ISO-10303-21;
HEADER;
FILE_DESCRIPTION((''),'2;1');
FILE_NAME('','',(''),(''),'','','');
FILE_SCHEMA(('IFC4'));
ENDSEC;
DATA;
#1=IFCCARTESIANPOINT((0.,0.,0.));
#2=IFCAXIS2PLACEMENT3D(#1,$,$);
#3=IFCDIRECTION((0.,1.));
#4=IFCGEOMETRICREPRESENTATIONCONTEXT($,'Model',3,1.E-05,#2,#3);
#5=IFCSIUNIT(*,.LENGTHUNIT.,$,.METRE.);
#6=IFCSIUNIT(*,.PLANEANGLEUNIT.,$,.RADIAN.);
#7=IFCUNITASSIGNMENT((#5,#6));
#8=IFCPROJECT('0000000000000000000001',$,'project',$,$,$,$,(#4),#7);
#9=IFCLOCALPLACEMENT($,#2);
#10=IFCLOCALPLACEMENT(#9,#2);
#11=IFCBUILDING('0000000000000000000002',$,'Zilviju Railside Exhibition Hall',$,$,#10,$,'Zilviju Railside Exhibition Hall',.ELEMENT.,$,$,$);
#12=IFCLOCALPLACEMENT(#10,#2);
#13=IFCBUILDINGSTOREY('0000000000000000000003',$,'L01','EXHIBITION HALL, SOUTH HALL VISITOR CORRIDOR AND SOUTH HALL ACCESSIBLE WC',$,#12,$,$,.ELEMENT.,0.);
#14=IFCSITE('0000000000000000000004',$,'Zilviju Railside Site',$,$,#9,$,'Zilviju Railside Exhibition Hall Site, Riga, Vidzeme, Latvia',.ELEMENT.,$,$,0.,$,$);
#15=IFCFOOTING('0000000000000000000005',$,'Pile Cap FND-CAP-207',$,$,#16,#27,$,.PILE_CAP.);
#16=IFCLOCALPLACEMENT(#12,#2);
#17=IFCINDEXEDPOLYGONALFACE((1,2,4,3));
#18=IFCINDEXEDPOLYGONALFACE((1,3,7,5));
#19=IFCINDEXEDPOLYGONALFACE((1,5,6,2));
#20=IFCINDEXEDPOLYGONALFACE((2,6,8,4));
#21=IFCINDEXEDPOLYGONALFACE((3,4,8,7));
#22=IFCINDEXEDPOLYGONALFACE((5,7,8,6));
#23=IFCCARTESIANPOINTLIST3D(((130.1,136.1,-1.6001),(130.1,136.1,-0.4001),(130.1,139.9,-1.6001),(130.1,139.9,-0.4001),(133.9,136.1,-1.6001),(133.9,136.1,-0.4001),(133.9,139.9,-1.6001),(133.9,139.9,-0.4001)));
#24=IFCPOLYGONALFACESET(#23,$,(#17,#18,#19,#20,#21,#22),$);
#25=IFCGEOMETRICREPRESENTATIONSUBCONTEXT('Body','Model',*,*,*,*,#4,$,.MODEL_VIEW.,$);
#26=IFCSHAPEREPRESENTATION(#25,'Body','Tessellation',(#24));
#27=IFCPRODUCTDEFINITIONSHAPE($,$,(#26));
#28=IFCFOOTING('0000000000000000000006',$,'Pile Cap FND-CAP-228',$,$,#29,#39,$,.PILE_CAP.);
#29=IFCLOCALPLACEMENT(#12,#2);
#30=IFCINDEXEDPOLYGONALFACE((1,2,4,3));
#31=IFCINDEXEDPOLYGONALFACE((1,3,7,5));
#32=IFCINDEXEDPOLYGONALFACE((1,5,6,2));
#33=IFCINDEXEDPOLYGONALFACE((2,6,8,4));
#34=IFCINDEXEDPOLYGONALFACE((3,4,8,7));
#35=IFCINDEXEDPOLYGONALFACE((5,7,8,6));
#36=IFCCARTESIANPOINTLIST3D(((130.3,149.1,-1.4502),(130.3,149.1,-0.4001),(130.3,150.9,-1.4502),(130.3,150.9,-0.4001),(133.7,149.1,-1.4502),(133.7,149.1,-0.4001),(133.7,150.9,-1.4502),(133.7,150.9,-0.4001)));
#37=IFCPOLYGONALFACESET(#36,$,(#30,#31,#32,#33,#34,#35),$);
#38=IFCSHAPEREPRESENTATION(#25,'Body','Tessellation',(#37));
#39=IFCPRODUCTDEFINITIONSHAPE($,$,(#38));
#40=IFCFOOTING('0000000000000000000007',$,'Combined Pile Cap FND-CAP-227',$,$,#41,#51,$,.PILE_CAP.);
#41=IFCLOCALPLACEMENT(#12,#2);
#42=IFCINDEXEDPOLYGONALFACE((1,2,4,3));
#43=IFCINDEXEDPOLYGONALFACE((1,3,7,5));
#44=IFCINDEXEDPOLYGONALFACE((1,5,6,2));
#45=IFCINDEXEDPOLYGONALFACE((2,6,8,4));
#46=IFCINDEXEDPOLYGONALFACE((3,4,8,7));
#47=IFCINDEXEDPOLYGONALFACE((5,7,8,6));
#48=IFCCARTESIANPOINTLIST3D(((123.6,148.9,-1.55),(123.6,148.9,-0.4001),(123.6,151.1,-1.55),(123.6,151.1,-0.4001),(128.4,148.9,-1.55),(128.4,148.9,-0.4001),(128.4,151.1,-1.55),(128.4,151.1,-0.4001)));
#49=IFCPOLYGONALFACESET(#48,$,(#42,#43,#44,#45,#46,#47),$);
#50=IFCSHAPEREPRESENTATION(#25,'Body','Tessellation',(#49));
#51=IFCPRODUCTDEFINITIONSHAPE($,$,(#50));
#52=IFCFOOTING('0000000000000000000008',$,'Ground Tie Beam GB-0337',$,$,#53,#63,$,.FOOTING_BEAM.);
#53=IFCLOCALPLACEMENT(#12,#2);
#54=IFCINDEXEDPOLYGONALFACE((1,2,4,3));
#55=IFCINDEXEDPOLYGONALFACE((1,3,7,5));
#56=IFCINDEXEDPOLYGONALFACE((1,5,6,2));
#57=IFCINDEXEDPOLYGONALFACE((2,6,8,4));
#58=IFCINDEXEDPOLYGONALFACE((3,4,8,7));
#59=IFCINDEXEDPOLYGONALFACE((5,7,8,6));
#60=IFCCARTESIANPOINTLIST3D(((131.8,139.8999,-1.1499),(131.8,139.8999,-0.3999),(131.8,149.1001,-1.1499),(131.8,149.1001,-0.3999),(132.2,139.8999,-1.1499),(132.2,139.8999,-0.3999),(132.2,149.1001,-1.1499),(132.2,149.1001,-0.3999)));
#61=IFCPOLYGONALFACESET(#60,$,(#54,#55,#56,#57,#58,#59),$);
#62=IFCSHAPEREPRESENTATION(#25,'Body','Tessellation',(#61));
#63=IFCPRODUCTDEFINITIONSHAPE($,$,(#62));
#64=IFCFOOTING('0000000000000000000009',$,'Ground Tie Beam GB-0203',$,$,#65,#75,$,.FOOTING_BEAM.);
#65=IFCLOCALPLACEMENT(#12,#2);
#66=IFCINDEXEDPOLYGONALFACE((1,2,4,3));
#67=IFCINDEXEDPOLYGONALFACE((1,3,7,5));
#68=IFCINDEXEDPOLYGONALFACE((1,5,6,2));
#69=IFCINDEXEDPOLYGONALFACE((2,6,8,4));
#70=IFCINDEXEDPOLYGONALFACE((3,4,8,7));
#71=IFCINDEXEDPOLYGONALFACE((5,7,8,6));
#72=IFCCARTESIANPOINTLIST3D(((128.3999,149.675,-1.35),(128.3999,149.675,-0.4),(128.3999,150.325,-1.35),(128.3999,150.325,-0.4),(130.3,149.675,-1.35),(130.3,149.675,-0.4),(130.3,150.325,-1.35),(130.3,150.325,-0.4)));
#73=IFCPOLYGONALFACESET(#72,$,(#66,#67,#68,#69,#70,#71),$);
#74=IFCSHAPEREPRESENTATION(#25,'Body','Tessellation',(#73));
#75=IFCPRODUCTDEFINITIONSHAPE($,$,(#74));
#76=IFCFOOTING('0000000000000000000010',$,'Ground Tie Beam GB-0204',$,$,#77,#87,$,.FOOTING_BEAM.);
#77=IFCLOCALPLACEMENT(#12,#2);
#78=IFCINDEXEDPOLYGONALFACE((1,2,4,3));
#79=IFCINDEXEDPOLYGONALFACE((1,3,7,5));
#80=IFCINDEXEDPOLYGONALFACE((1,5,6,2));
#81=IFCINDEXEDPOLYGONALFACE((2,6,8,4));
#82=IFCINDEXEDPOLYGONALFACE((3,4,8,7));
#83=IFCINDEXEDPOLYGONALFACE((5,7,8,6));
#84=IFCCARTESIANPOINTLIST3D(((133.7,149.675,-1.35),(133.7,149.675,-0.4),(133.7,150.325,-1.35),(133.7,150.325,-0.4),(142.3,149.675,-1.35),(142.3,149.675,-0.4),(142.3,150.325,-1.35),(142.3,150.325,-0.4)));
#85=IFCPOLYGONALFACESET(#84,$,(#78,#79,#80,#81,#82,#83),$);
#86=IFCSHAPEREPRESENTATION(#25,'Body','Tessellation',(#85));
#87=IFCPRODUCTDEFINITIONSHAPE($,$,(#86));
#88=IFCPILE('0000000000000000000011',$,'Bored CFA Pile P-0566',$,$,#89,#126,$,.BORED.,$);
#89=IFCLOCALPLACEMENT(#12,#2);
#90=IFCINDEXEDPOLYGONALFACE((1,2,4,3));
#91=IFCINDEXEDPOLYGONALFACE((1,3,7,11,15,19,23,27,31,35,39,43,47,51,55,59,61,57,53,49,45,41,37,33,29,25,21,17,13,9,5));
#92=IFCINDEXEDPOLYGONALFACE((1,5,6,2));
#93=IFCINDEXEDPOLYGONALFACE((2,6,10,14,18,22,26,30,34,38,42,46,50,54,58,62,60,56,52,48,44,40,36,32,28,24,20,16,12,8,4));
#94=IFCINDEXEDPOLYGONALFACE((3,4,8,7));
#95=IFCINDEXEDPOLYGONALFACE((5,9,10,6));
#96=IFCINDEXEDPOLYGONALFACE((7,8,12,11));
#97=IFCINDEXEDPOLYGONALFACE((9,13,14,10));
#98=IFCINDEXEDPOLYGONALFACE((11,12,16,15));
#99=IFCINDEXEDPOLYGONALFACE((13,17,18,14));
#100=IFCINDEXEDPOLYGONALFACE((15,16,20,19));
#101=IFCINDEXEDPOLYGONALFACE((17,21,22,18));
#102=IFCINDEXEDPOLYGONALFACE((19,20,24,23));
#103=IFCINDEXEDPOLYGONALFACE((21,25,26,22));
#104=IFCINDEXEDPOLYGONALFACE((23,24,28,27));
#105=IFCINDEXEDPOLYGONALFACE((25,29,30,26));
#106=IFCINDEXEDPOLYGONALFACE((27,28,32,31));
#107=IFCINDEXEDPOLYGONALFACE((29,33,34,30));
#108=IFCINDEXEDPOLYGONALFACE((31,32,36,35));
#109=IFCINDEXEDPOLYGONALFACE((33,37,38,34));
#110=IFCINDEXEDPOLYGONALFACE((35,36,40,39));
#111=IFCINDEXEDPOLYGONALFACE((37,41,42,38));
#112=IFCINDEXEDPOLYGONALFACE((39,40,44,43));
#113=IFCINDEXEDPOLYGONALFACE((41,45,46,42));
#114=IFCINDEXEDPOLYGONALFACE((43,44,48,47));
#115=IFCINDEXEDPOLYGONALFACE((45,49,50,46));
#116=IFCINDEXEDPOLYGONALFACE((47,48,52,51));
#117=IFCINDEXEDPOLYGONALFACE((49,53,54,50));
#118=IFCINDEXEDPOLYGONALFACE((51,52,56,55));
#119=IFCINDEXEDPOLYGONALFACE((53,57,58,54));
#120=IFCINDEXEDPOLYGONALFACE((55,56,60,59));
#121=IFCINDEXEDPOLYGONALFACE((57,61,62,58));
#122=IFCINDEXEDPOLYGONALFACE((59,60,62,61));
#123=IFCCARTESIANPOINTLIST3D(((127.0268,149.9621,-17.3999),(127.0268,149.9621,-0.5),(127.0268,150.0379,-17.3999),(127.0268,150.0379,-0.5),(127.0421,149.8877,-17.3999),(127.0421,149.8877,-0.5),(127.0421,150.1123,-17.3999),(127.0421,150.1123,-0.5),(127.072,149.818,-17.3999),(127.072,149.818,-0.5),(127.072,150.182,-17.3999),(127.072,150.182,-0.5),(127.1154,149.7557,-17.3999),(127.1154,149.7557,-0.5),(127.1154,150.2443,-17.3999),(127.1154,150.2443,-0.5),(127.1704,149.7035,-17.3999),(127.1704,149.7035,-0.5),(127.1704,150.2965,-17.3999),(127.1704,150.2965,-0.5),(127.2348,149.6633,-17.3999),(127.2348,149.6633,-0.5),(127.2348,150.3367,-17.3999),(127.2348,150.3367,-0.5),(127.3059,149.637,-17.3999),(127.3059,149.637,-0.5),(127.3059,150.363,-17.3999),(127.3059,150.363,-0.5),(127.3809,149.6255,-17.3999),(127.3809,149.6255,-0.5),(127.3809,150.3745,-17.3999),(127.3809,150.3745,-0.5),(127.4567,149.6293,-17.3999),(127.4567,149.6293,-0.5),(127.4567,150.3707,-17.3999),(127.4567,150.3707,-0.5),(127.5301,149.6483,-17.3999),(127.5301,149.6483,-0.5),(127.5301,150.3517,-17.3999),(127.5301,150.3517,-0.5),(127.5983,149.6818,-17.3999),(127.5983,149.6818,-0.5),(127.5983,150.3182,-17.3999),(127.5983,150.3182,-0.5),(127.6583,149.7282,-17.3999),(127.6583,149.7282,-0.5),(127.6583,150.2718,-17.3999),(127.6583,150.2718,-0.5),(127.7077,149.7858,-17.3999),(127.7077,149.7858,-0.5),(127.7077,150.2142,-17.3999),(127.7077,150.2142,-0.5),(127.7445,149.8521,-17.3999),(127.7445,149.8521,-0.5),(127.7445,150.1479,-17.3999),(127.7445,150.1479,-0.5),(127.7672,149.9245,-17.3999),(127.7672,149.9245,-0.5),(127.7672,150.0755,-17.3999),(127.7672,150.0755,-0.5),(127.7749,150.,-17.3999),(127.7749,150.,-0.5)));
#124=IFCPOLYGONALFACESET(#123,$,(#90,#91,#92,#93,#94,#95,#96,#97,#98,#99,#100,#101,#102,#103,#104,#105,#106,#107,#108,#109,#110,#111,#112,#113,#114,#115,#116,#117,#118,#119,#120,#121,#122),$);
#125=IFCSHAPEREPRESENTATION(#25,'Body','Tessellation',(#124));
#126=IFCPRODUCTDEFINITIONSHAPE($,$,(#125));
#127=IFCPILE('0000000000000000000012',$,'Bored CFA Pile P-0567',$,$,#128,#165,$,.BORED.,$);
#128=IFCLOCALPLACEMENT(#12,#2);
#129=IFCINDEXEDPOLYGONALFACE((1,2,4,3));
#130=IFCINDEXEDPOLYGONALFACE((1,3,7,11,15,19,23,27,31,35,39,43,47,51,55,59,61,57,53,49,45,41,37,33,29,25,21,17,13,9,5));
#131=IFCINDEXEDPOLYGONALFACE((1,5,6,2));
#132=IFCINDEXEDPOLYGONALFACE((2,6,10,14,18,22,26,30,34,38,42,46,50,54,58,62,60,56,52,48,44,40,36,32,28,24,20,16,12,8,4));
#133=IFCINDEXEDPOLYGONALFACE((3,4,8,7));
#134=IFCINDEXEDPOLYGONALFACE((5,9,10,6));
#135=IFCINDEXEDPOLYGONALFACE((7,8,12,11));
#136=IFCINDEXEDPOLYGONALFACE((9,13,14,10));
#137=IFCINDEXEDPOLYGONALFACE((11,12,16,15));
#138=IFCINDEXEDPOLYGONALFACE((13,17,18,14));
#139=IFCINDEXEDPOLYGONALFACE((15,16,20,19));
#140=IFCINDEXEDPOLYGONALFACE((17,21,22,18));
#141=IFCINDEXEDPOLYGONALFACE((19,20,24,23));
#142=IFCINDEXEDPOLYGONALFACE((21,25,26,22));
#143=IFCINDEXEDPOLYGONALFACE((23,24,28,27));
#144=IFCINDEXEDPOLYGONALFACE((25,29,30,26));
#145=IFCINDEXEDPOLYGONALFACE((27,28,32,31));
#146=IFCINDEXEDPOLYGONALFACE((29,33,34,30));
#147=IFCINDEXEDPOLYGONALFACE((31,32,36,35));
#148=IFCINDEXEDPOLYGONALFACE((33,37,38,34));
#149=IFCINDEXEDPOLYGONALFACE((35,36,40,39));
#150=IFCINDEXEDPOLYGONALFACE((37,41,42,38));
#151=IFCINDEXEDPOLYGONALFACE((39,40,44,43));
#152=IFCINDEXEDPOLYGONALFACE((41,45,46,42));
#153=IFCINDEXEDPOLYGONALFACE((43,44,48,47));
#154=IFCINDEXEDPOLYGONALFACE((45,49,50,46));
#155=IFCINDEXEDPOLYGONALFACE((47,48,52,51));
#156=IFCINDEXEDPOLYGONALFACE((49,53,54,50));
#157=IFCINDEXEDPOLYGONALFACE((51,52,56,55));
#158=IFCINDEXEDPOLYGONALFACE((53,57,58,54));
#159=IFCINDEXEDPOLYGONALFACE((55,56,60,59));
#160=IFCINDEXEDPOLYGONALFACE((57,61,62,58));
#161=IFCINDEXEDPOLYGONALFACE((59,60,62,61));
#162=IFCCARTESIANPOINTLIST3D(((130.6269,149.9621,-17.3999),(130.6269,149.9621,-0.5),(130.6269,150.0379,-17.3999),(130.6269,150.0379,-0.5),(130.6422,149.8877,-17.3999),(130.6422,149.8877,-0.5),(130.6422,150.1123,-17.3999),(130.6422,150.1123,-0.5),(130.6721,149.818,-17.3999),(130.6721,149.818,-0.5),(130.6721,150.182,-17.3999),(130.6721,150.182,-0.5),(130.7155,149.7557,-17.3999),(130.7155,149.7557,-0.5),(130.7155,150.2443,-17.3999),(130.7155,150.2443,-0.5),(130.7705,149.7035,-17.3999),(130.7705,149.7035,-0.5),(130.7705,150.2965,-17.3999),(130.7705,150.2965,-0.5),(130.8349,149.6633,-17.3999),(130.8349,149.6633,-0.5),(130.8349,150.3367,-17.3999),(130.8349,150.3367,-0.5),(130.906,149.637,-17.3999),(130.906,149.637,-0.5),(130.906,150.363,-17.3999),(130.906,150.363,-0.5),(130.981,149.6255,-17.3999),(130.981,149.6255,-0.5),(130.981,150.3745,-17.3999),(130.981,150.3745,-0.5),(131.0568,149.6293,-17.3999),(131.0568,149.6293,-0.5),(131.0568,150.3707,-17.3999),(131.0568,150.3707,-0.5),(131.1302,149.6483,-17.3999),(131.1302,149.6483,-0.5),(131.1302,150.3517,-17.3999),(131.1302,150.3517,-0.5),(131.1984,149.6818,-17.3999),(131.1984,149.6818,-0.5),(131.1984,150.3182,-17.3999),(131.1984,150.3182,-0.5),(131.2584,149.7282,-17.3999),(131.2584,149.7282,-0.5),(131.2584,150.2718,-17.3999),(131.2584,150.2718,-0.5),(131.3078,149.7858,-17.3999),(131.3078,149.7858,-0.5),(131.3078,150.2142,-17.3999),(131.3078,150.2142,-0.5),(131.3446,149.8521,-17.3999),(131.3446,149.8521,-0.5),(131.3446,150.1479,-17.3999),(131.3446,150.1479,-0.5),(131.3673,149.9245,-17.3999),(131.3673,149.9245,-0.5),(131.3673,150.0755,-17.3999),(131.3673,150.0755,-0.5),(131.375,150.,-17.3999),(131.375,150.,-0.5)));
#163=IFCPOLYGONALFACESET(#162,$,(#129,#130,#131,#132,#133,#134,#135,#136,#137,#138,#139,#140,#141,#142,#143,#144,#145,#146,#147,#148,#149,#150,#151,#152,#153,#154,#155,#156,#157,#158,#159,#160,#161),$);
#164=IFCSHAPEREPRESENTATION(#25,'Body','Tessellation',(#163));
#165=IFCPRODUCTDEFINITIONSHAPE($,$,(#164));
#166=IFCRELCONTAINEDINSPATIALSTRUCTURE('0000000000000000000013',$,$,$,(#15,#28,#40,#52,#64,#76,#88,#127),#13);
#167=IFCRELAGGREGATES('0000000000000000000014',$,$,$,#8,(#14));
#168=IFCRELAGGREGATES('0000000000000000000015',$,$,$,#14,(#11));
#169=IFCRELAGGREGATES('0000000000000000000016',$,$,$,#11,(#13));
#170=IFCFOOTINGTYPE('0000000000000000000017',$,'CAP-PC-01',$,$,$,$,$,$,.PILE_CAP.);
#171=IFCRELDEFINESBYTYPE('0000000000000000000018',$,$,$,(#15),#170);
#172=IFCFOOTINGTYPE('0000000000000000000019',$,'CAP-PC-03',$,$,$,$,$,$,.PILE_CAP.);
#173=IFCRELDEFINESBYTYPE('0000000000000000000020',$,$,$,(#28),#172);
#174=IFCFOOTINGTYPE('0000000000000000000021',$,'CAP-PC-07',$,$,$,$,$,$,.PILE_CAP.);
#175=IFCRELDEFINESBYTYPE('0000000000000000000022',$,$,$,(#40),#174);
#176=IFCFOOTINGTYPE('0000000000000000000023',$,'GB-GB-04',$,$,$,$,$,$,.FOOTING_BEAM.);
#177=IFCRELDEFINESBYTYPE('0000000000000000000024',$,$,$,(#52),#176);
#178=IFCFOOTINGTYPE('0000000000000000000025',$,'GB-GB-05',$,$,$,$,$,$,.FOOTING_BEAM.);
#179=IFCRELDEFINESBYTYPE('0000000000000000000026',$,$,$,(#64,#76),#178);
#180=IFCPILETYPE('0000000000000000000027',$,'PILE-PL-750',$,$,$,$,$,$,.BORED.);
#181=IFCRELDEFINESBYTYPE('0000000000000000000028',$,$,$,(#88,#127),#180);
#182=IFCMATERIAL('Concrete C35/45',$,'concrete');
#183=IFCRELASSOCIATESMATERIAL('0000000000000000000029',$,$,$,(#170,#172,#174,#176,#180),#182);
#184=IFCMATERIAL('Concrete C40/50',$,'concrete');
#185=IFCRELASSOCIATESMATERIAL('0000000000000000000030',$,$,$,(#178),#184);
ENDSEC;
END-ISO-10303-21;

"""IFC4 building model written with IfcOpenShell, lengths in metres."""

from ifc_helpers import new_model, si_unit, direction, frame, origin, origin_2d, place, context, subcontext, project, spatial, rectangle, circle, extrude, material, material_profile, profile_set, type_object, element, save


model = new_model("IFC4")

# Units and contexts
model_context = context("Model", 3, precision=1e-05, world=origin(), true_north=direction((0.0, 1.0)))
body_context = subcontext(model_context, "Body", "Model", "MODEL_VIEW")
ifc_project = project(units=[si_unit("LENGTHUNIT", "METRE"), si_unit("PLANEANGLEUNIT", "RADIAN")], contexts=[model_context])

# Site, building, storey
site_placement = place(None, origin())
site = spatial("IfcSite", under=ifc_project, at=site_placement, Name="Zilviju Railside Site", LongName="Zilviju Railside Exhibition Hall Site, Riga, Vidzeme, Latvia", CompositionType="ELEMENT", RefElevation=0.0)
building_placement = place(site_placement, origin())
building = spatial("IfcBuilding", under=site, at=building_placement, Name="Zilviju Railside Exhibition Hall", LongName="Zilviju Railside Exhibition Hall", CompositionType="ELEMENT")
storey_placement = place(building_placement, origin())
storey = spatial("IfcBuildingStorey", under=building, at=storey_placement, Name="L01", Description="EXHIBITION HALL, SOUTH HALL VISITOR CORRIDOR AND SOUTH HALL ACCESSIBLE WC", CompositionType="ELEMENT", Elevation=0.0)

# Footings
ifc_material_1 = material(Name="Concrete C35/45", Category="concrete")
footing_type_1 = type_object("IfcFootingType", Name="CAP-PC-01", PredefinedType="PILE_CAP", material=ifc_material_1)
footing_1_placement = place(storey_placement, frame((132.0, 138.0, -1.6001), z_axis=(0.0, 0.0, 1.0), x_axis=(1.0, 0.0, 0.0)))
element("IfcFooting", 1, at=footing_1_placement, inside=storey, type_object=footing_type_1, Name="Pile Cap FND-CAP-207", PredefinedType="PILE_CAP", context=body_context, shape_type="SweptSolid", body=[
    extrude(rectangle(XDim=3.8, YDim=3.8, at=origin_2d()), origin(), (0.0, 0.0, 1.0), 1.2),
])
footing_type_2 = type_object("IfcFootingType", Name="CAP-PC-03", PredefinedType="PILE_CAP", material=ifc_material_1)
footing_2_placement = place(storey_placement, frame((132.0, 150.0, -1.4502), z_axis=(0.0, 0.0, 1.0), x_axis=(1.0, 0.0, 0.0)))
element("IfcFooting", 2, at=footing_2_placement, inside=storey, type_object=footing_type_2, Name="Pile Cap FND-CAP-228", PredefinedType="PILE_CAP", context=body_context, shape_type="SweptSolid", body=[
    extrude(rectangle(XDim=3.3999, YDim=1.8, at=origin_2d()), origin(), (0.0, 0.0, 1.0), 1.05),
])
footing_type_3 = type_object("IfcFootingType", Name="CAP-PC-07", PredefinedType="PILE_CAP", material=ifc_material_1)
footing_3_placement = place(storey_placement, frame((126.0, 150.0, -1.55), z_axis=(0.0, 0.0, 1.0), x_axis=(1.0, 0.0, 0.0)))
element("IfcFooting", 3, at=footing_3_placement, inside=storey, type_object=footing_type_3, Name="Combined Pile Cap FND-CAP-227", PredefinedType="PILE_CAP", context=body_context, shape_type="SweptSolid", body=[
    extrude(rectangle(XDim=4.8, YDim=2.2, at=origin_2d()), origin(), (0.0, 0.0, 1.0), 1.1499),
])
ifc_material_profile_1 = material_profile(ifc_material_1, rectangle(XDim=0.3999, YDim=0.75, at=origin_2d()), Name="TIE BEAM 400x750")
ifc_profile_set_1 = profile_set([ifc_material_profile_1], Name="Concrete C35/45")
footing_type_4 = type_object("IfcFootingType", Name="GB-GB-04", PredefinedType="FOOTING_BEAM", material=ifc_profile_set_1)
footing_4_placement = place(storey_placement, frame((132.0, 139.8999, -0.7749), z_axis=(0.0, 1.0, 0.0), x_axis=(-1.0, 0.0, 0.0)))
element("IfcFooting", 4, at=footing_4_placement, inside=storey, type_object=footing_type_4, Name="Ground Tie Beam GB-0337", PredefinedType="FOOTING_BEAM", context=body_context, shape_type="SweptSolid", body=[
    extrude(rectangle(XDim=0.3999, YDim=0.75, at=origin_2d()), origin(), (0.0, 0.0, 1.0), 9.2002),
])
ifc_material_2 = material(Name="Concrete C40/50", Category="concrete")
ifc_material_profile_2 = material_profile(ifc_material_2, rectangle(XDim=0.6499, YDim=0.95, at=origin_2d()), Name="TIE BEAM 650x950")
ifc_profile_set_2 = profile_set([ifc_material_profile_2], Name="Concrete C40/50")
footing_type_5 = type_object("IfcFootingType", Name="GB-GB-05", PredefinedType="FOOTING_BEAM", material=ifc_profile_set_2)
footing_5_placement = place(storey_placement, frame((128.3999, 150.0, -0.875), z_axis=(1.0, 0.0, 0.0), x_axis=(0.0, 1.0, 0.0)))
element("IfcFooting", 5, at=footing_5_placement, inside=storey, type_object=footing_type_5, Name="Ground Tie Beam GB-0203", PredefinedType="FOOTING_BEAM", context=body_context, shape_type="SweptSolid", body=[
    extrude(rectangle(XDim=0.6499, YDim=0.95, at=origin_2d()), origin(), (0.0, 0.0, 1.0), 1.9001),
])
footing_6_placement = place(storey_placement, frame((133.7, 150.0, -0.875), z_axis=(1.0, 0.0, 0.0), x_axis=(0.0, 1.0, 0.0)))
element("IfcFooting", 6, at=footing_6_placement, inside=storey, type_object=footing_type_5, Name="Ground Tie Beam GB-0204", PredefinedType="FOOTING_BEAM", context=body_context, shape_type="SweptSolid", body=[
    extrude(rectangle(XDim=0.6499, YDim=0.95, at=origin_2d()), origin(), (0.0, 0.0, 1.0), 8.6001),
])

# Piles
ifc_material_profile_3 = material_profile(ifc_material_1, circle(Radius=0.375, at=origin_2d()), Name="CFA PILE D750")
ifc_profile_set_3 = profile_set([ifc_material_profile_3], Name="Concrete C35/45")
pile_type_1 = type_object("IfcPileType", Name="PILE-PL-750", PredefinedType="BORED", material=ifc_profile_set_3)
for number, where, z_axis, x_axis, name in (
    (7, (127.3999, 150.0, -0.5), (0.0, 0.0, -1.0), (1.0, 0.0, 0.0), "Bored CFA Pile P-0566"),
    (8, (131.0, 150.0, -0.5), (0.0, 0.0, -1.0), (1.0, 0.0, 0.0), "Bored CFA Pile P-0567"),
):
    element("IfcPile", number, at=place(storey_placement, frame(where, z_axis=z_axis, x_axis=x_axis)), inside=storey, type_object=pile_type_1, Name=name, PredefinedType="BORED", context=body_context, shape_type="SweptSolid", body=[
        extrude(circle(Radius=0.375, at=origin_2d()), origin(), (0.0, 0.0, 1.0), 16.8999),
    ])

save(model, "model.ifc")
